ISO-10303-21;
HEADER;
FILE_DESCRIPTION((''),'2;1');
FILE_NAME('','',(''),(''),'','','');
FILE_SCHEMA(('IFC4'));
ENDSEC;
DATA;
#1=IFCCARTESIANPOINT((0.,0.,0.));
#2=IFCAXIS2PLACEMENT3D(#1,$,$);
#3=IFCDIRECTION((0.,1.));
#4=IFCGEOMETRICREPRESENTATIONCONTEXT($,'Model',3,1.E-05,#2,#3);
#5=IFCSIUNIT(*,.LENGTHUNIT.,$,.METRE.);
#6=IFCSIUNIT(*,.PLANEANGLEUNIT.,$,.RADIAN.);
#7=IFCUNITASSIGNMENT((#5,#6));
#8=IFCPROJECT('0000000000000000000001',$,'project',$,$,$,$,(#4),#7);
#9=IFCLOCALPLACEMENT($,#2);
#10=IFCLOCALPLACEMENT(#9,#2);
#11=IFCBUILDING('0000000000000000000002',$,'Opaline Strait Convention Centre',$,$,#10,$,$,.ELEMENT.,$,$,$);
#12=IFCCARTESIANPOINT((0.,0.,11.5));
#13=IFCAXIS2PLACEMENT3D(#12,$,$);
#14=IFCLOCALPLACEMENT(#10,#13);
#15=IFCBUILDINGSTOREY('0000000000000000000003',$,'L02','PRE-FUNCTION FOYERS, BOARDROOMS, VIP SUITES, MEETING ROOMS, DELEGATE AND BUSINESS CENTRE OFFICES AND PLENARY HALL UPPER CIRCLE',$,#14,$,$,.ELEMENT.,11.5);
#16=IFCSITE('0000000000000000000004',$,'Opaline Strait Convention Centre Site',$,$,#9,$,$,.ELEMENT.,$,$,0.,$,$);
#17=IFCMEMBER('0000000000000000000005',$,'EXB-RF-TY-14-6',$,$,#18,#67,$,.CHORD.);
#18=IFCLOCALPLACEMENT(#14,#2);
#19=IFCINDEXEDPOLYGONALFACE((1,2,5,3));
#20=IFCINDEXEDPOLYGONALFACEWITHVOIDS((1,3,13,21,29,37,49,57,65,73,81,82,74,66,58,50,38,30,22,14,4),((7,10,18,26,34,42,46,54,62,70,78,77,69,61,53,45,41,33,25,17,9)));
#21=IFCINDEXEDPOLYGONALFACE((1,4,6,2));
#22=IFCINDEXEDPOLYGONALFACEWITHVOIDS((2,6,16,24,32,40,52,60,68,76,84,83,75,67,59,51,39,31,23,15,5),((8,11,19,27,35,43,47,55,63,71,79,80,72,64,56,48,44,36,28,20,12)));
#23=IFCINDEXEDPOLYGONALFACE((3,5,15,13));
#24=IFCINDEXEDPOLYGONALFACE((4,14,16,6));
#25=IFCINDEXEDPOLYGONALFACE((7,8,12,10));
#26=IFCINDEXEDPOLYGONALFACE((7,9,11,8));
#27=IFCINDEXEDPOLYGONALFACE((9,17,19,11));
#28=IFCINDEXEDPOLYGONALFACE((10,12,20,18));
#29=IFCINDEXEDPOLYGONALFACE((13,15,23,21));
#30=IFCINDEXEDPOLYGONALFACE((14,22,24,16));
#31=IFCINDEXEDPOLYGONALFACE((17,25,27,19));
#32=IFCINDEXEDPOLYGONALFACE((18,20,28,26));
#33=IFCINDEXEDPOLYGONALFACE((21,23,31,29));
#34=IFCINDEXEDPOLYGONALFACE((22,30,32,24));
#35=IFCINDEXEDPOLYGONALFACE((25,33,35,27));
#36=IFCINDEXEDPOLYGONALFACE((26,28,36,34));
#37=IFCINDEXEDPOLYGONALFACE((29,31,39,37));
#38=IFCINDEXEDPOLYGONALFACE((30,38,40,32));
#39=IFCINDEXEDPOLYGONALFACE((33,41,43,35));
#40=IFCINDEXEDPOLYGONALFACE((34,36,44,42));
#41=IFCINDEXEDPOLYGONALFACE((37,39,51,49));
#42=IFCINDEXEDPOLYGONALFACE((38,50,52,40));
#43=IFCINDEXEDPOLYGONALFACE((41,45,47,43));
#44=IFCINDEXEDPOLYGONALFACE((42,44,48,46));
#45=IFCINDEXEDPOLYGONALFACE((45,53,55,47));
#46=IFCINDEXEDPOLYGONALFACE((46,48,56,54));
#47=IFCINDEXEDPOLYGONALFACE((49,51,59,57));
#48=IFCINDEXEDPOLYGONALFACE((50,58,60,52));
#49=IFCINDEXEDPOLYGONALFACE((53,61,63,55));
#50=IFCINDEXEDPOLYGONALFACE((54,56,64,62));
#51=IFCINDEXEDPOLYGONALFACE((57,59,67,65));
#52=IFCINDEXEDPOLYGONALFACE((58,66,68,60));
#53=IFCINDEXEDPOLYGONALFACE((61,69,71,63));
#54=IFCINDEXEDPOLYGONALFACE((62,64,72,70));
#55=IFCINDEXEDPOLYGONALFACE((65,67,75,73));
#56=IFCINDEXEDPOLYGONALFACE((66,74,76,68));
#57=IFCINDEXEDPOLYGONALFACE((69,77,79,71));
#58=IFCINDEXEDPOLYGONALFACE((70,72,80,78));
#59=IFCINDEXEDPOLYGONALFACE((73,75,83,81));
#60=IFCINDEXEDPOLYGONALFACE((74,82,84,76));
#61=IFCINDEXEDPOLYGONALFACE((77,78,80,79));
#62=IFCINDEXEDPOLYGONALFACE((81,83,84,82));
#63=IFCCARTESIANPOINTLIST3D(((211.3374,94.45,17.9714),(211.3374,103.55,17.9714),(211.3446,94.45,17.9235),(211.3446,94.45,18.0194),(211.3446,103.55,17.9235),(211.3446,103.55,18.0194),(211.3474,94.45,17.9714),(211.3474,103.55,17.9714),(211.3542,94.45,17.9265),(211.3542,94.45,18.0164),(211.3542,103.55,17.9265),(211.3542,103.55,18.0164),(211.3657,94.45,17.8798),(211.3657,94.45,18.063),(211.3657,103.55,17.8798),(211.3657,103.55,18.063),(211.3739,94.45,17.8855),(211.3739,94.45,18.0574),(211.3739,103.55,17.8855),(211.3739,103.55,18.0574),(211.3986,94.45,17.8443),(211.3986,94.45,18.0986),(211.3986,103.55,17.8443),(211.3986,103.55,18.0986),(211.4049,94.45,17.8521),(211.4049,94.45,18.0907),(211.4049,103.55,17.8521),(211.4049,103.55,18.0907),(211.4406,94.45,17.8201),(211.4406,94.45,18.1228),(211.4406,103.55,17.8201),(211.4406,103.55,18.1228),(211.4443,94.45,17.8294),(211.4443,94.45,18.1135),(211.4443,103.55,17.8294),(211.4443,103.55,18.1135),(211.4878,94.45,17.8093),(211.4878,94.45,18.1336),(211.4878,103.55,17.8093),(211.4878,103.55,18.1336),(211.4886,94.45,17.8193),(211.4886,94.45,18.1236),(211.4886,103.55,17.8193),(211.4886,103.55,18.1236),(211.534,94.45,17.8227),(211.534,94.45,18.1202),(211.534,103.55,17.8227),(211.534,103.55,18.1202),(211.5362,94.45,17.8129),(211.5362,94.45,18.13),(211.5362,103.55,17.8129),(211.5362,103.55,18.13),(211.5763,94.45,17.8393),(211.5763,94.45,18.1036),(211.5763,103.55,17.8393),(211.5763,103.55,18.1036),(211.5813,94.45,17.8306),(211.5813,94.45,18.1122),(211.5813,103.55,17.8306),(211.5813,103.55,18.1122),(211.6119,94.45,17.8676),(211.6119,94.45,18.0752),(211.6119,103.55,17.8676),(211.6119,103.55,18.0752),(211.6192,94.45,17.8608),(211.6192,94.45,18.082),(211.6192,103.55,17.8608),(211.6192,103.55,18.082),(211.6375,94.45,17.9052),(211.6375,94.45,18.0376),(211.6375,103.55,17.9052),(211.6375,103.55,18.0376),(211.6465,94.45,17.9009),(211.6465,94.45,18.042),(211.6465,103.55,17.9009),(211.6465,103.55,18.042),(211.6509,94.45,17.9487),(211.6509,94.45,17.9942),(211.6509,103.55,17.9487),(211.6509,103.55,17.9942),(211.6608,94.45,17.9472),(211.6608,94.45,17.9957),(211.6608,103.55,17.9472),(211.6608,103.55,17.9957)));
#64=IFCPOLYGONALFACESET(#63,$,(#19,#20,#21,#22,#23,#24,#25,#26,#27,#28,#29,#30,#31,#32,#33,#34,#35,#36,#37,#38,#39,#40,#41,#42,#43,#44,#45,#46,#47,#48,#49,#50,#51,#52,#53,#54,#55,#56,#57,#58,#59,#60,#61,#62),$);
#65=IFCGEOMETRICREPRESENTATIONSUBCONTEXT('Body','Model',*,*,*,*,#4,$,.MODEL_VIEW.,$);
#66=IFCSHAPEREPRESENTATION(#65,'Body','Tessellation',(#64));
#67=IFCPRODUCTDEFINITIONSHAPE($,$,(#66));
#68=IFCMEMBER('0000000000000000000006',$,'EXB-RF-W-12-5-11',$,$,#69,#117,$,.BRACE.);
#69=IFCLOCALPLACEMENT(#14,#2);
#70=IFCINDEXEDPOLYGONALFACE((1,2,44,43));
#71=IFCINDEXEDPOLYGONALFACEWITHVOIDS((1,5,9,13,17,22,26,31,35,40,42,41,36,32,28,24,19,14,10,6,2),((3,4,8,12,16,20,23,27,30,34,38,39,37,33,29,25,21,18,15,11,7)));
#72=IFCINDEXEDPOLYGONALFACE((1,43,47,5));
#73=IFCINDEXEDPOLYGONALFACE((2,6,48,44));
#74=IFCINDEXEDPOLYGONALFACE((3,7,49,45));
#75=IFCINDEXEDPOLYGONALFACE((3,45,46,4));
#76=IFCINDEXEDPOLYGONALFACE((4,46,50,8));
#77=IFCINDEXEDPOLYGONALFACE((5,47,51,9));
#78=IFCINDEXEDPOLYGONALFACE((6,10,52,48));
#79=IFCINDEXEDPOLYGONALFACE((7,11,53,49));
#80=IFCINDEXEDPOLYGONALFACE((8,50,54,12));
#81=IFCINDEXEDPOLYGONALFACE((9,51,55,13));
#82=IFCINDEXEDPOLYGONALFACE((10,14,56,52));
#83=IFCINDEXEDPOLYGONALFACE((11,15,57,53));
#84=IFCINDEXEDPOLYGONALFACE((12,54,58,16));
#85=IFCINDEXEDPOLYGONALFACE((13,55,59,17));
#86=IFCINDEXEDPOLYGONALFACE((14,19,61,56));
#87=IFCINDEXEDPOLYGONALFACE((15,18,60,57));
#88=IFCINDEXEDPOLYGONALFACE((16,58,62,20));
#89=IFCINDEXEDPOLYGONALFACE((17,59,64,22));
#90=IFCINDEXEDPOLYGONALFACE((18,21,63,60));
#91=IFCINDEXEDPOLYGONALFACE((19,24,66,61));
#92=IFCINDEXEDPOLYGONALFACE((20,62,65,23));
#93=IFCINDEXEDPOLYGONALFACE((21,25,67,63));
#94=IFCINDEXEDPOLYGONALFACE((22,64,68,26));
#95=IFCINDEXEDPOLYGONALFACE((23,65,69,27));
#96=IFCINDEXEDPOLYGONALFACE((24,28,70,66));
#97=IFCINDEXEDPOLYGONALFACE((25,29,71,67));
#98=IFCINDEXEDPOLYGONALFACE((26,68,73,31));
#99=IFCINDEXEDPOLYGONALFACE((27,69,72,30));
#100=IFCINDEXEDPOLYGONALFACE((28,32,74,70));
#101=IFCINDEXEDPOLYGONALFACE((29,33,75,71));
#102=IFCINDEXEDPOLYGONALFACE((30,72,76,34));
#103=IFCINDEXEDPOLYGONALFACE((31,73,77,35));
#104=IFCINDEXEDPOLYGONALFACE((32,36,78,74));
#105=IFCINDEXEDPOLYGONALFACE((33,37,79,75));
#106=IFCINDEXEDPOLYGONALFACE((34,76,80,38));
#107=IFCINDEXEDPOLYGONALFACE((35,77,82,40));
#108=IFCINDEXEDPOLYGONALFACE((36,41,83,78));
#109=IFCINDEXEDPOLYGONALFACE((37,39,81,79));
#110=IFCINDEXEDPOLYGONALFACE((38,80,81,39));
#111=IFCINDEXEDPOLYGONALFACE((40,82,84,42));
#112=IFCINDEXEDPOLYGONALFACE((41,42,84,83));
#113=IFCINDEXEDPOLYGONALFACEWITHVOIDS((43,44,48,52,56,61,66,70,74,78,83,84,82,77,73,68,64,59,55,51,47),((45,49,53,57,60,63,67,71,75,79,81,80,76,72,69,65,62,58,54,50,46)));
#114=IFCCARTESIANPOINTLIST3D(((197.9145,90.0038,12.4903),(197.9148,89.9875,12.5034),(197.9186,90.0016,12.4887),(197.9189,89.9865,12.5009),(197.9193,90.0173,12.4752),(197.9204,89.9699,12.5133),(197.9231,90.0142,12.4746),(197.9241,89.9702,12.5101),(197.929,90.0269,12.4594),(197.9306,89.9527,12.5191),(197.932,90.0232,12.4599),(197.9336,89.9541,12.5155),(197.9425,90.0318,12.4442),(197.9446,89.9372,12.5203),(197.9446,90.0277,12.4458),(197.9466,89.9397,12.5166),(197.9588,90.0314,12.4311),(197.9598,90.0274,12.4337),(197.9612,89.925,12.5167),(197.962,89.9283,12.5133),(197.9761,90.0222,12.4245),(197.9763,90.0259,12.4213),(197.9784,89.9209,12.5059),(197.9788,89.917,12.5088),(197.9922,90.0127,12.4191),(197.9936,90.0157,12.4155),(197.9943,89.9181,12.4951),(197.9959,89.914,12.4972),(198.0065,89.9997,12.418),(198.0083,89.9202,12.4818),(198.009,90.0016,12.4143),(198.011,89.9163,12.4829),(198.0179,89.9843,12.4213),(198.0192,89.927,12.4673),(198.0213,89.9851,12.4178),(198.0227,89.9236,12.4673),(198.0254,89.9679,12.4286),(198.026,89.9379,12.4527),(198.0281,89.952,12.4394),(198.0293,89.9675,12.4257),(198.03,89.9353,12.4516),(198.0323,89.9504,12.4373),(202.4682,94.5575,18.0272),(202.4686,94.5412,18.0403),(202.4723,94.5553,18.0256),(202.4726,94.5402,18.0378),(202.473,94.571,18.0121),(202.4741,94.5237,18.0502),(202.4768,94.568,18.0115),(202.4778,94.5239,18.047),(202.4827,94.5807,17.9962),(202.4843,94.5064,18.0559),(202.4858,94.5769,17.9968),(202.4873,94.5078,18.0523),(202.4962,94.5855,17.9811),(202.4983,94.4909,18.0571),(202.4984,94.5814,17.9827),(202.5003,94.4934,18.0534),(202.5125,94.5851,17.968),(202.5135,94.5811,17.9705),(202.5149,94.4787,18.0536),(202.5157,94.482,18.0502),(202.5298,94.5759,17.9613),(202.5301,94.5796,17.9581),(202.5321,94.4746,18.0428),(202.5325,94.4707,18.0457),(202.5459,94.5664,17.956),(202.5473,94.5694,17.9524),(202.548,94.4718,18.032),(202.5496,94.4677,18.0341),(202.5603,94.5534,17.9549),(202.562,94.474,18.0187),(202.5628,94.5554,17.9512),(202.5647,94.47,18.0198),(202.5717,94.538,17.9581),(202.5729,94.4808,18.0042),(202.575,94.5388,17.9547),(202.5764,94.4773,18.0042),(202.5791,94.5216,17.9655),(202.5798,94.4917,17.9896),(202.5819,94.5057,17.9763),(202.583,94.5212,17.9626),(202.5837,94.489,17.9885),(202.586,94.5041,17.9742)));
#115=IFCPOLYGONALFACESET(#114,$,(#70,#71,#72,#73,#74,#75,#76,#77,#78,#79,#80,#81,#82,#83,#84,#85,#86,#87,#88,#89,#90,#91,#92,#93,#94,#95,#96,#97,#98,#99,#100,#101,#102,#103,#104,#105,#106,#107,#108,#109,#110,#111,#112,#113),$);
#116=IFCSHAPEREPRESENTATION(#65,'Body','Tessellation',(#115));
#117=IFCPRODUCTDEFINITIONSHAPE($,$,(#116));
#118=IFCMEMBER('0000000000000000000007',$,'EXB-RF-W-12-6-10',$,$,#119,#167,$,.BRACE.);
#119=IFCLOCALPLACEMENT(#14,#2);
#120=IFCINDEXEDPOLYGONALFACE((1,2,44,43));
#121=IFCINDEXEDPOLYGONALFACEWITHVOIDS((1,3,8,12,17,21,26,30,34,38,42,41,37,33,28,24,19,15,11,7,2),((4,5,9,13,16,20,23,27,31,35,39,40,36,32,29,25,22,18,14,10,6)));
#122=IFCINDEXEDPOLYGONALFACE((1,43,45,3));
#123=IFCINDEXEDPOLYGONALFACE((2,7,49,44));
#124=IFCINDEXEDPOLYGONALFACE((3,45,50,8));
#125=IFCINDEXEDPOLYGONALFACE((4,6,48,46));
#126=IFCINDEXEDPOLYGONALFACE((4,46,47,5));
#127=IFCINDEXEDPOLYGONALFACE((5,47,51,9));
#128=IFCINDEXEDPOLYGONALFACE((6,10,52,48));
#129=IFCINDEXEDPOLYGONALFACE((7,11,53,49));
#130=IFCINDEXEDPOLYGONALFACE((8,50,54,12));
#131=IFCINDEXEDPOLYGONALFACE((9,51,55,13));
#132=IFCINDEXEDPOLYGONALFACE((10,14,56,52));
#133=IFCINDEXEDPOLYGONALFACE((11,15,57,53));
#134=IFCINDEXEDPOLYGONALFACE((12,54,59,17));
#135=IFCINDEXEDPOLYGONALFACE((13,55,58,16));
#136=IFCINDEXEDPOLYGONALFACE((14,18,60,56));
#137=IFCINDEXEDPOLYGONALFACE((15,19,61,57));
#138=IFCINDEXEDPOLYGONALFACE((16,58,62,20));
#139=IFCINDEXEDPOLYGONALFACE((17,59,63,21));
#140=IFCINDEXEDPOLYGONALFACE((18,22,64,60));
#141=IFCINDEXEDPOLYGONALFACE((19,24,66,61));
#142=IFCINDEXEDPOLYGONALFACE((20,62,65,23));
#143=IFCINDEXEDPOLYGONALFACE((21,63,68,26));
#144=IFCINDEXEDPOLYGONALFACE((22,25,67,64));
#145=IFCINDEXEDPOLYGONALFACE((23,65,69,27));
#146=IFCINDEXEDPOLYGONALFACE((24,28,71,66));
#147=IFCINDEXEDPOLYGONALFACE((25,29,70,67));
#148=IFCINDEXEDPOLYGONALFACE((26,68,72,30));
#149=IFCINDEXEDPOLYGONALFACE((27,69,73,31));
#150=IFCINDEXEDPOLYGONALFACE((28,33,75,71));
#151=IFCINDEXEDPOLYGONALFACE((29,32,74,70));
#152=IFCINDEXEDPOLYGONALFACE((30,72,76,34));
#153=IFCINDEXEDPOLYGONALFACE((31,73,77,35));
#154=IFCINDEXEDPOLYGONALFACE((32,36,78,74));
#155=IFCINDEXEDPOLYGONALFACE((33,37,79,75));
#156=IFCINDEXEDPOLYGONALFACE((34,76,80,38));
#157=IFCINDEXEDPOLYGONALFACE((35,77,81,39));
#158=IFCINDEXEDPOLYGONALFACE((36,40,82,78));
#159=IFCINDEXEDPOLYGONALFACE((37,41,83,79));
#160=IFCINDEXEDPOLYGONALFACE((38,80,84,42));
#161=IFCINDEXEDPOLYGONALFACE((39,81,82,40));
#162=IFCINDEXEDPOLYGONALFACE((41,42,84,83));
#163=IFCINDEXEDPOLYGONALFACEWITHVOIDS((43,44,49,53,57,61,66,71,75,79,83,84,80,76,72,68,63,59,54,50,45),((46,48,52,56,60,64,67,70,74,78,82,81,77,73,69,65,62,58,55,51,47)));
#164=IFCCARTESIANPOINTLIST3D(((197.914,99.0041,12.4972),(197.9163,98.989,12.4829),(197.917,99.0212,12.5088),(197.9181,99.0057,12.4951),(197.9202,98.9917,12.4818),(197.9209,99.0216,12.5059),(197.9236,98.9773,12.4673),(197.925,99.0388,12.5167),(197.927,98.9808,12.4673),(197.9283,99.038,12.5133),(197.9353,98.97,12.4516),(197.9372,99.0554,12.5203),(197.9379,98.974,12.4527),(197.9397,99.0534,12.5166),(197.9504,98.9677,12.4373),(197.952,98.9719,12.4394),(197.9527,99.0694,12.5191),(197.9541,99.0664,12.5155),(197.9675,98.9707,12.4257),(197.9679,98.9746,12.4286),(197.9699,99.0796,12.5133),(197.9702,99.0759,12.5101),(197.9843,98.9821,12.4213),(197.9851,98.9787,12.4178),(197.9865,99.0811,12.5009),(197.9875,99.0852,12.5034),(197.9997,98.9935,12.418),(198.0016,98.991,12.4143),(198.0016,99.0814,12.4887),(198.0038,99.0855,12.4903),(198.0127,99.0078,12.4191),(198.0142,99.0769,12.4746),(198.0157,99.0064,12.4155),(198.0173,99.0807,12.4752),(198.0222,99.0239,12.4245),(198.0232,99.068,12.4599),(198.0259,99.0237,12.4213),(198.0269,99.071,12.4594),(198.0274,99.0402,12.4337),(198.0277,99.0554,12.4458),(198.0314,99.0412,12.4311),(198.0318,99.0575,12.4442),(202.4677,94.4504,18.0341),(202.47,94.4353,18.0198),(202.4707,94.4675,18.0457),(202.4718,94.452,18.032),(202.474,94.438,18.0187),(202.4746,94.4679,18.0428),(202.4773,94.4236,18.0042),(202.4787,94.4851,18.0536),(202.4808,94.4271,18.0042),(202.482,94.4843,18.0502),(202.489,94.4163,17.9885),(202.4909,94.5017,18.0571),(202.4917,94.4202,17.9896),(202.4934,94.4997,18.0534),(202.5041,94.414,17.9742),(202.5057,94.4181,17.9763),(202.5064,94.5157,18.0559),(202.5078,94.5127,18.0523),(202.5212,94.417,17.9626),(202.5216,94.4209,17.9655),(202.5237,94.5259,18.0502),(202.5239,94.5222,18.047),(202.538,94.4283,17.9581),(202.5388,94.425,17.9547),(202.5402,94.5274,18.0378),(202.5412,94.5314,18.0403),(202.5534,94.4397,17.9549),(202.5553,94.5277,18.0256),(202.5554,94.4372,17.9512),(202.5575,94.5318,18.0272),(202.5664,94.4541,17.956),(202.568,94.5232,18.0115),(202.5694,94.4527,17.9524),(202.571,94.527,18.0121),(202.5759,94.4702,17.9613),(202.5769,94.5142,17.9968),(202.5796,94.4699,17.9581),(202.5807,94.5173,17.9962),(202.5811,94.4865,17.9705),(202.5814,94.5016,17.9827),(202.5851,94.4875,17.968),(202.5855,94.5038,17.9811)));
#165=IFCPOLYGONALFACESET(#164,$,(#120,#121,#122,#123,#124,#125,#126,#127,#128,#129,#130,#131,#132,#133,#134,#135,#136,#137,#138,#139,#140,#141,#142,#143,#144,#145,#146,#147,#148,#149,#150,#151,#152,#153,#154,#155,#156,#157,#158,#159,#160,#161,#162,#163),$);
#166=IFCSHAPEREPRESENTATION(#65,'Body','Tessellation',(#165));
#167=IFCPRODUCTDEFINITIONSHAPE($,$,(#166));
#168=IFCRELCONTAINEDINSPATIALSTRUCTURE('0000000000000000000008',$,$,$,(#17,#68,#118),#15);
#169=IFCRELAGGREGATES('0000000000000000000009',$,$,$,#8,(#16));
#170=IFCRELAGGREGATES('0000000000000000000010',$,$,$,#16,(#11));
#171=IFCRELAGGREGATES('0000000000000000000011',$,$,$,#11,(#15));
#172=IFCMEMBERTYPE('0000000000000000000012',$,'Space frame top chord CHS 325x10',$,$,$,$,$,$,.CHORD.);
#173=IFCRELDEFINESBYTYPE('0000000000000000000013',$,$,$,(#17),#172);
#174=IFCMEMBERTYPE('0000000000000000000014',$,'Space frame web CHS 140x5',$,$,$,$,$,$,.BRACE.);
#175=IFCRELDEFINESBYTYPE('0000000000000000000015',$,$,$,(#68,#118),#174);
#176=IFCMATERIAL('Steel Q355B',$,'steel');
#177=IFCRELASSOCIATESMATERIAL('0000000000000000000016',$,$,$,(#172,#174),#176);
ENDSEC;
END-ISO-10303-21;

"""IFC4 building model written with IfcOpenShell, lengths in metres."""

from ifc_helpers import new_model, si_unit, direction, frame, origin, origin_2d, place, context, subcontext, project, spatial, hollow_circle, extrude, material, material_profile, profile_set, type_object, element, save


model = new_model("IFC4")

# Units and contexts
model_context = context("Model", 3, precision=1e-05, world=origin(), true_north=direction((0.0, 1.0)))
body_context = subcontext(model_context, "Body", "Model", "MODEL_VIEW")
ifc_project = project(units=[si_unit("LENGTHUNIT", "METRE"), si_unit("PLANEANGLEUNIT", "RADIAN")], contexts=[model_context])

# Site, building, storey
site_placement = place(None, origin())
site = spatial("IfcSite", under=ifc_project, at=site_placement, Name="Opaline Strait Convention Centre Site", CompositionType="ELEMENT", RefElevation=0.0)
building_placement = place(site_placement, origin())
building = spatial("IfcBuilding", under=site, at=building_placement, Name="Opaline Strait Convention Centre", CompositionType="ELEMENT")
storey_placement = place(building_placement, frame((0.0, 0.0, 11.5)))
storey = spatial("IfcBuildingStorey", under=building, at=storey_placement, Name="L02", Description="PRE-FUNCTION FOYERS, BOARDROOMS, VIP SUITES, MEETING ROOMS, DELEGATE AND BUSINESS CENTRE OFFICES AND PLENARY HALL UPPER CIRCLE", CompositionType="ELEMENT", Elevation=11.5)

# Members
ifc_material_1 = material(Name="Steel Q355B", Category="steel")
ifc_material_profile_1 = material_profile(ifc_material_1, hollow_circle(Radius=0.1626, WallThickness=0.01, at=origin_2d()), Name="CHS 325x10")
ifc_profile_set_1 = profile_set([ifc_material_profile_1], Name="Steel Q355B")
member_type_1 = type_object("IfcMemberType", Name="Space frame top chord CHS 325x10", PredefinedType="CHORD", material=ifc_profile_set_1)
for number, where, z_axis, x_axis, name in (
    (1, (211.5, 94.45, 17.9714), (0.0, 1.0, 0.0), (-1.0, 0.0, 0.0), "EXB-RF-TY-14-6"),
):
    element("IfcMember", number, at=place(storey_placement, frame(where, z_axis=z_axis, x_axis=x_axis)), inside=storey, type_object=member_type_1, Name=name, PredefinedType="CHORD", context=body_context, shape_type="SweptSolid", body=[
        extrude(hollow_circle(Radius=0.1626, WallThickness=0.01, at=origin_2d()), origin(), (0.0, 0.0, 1.0), 9.1001),
    ])
ifc_material_profile_2 = material_profile(ifc_material_1, hollow_circle(Radius=0.0701, WallThickness=0.0049, at=origin_2d()), Name="CHS 140x5")
ifc_profile_set_2 = profile_set([ifc_material_profile_2], Name="Steel Q355B")
member_type_2 = type_object("IfcMemberType", Name="Space frame web CHS 140x5", PredefinedType="BRACE", material=ifc_profile_set_2)
for number, where, z_axis, x_axis, name in (
    (2, (202.5269, 94.5269, 18.0042), (-0.536178, -0.536178, -0.65194), (0.707107, -0.707107, 0.0), "EXB-RF-W-12-5-11"),
    (3, (202.5269, 94.4731, 18.0042), (-0.536178, 0.536178, -0.65194), (-0.707107, -0.707107, 0.0), "EXB-RF-W-12-6-10"),
):
    element("IfcMember", number, at=place(storey_placement, frame(where, z_axis=z_axis, x_axis=x_axis)), inside=storey, type_object=member_type_2, Name=name, PredefinedType="BRACE", context=body_context, shape_type="SweptSolid", body=[
        extrude(hollow_circle(Radius=0.0701, WallThickness=0.0049, at=origin_2d()), origin(), (0.0, 0.0, 1.0), 8.4929),
    ])

save(model, "model.ifc")
